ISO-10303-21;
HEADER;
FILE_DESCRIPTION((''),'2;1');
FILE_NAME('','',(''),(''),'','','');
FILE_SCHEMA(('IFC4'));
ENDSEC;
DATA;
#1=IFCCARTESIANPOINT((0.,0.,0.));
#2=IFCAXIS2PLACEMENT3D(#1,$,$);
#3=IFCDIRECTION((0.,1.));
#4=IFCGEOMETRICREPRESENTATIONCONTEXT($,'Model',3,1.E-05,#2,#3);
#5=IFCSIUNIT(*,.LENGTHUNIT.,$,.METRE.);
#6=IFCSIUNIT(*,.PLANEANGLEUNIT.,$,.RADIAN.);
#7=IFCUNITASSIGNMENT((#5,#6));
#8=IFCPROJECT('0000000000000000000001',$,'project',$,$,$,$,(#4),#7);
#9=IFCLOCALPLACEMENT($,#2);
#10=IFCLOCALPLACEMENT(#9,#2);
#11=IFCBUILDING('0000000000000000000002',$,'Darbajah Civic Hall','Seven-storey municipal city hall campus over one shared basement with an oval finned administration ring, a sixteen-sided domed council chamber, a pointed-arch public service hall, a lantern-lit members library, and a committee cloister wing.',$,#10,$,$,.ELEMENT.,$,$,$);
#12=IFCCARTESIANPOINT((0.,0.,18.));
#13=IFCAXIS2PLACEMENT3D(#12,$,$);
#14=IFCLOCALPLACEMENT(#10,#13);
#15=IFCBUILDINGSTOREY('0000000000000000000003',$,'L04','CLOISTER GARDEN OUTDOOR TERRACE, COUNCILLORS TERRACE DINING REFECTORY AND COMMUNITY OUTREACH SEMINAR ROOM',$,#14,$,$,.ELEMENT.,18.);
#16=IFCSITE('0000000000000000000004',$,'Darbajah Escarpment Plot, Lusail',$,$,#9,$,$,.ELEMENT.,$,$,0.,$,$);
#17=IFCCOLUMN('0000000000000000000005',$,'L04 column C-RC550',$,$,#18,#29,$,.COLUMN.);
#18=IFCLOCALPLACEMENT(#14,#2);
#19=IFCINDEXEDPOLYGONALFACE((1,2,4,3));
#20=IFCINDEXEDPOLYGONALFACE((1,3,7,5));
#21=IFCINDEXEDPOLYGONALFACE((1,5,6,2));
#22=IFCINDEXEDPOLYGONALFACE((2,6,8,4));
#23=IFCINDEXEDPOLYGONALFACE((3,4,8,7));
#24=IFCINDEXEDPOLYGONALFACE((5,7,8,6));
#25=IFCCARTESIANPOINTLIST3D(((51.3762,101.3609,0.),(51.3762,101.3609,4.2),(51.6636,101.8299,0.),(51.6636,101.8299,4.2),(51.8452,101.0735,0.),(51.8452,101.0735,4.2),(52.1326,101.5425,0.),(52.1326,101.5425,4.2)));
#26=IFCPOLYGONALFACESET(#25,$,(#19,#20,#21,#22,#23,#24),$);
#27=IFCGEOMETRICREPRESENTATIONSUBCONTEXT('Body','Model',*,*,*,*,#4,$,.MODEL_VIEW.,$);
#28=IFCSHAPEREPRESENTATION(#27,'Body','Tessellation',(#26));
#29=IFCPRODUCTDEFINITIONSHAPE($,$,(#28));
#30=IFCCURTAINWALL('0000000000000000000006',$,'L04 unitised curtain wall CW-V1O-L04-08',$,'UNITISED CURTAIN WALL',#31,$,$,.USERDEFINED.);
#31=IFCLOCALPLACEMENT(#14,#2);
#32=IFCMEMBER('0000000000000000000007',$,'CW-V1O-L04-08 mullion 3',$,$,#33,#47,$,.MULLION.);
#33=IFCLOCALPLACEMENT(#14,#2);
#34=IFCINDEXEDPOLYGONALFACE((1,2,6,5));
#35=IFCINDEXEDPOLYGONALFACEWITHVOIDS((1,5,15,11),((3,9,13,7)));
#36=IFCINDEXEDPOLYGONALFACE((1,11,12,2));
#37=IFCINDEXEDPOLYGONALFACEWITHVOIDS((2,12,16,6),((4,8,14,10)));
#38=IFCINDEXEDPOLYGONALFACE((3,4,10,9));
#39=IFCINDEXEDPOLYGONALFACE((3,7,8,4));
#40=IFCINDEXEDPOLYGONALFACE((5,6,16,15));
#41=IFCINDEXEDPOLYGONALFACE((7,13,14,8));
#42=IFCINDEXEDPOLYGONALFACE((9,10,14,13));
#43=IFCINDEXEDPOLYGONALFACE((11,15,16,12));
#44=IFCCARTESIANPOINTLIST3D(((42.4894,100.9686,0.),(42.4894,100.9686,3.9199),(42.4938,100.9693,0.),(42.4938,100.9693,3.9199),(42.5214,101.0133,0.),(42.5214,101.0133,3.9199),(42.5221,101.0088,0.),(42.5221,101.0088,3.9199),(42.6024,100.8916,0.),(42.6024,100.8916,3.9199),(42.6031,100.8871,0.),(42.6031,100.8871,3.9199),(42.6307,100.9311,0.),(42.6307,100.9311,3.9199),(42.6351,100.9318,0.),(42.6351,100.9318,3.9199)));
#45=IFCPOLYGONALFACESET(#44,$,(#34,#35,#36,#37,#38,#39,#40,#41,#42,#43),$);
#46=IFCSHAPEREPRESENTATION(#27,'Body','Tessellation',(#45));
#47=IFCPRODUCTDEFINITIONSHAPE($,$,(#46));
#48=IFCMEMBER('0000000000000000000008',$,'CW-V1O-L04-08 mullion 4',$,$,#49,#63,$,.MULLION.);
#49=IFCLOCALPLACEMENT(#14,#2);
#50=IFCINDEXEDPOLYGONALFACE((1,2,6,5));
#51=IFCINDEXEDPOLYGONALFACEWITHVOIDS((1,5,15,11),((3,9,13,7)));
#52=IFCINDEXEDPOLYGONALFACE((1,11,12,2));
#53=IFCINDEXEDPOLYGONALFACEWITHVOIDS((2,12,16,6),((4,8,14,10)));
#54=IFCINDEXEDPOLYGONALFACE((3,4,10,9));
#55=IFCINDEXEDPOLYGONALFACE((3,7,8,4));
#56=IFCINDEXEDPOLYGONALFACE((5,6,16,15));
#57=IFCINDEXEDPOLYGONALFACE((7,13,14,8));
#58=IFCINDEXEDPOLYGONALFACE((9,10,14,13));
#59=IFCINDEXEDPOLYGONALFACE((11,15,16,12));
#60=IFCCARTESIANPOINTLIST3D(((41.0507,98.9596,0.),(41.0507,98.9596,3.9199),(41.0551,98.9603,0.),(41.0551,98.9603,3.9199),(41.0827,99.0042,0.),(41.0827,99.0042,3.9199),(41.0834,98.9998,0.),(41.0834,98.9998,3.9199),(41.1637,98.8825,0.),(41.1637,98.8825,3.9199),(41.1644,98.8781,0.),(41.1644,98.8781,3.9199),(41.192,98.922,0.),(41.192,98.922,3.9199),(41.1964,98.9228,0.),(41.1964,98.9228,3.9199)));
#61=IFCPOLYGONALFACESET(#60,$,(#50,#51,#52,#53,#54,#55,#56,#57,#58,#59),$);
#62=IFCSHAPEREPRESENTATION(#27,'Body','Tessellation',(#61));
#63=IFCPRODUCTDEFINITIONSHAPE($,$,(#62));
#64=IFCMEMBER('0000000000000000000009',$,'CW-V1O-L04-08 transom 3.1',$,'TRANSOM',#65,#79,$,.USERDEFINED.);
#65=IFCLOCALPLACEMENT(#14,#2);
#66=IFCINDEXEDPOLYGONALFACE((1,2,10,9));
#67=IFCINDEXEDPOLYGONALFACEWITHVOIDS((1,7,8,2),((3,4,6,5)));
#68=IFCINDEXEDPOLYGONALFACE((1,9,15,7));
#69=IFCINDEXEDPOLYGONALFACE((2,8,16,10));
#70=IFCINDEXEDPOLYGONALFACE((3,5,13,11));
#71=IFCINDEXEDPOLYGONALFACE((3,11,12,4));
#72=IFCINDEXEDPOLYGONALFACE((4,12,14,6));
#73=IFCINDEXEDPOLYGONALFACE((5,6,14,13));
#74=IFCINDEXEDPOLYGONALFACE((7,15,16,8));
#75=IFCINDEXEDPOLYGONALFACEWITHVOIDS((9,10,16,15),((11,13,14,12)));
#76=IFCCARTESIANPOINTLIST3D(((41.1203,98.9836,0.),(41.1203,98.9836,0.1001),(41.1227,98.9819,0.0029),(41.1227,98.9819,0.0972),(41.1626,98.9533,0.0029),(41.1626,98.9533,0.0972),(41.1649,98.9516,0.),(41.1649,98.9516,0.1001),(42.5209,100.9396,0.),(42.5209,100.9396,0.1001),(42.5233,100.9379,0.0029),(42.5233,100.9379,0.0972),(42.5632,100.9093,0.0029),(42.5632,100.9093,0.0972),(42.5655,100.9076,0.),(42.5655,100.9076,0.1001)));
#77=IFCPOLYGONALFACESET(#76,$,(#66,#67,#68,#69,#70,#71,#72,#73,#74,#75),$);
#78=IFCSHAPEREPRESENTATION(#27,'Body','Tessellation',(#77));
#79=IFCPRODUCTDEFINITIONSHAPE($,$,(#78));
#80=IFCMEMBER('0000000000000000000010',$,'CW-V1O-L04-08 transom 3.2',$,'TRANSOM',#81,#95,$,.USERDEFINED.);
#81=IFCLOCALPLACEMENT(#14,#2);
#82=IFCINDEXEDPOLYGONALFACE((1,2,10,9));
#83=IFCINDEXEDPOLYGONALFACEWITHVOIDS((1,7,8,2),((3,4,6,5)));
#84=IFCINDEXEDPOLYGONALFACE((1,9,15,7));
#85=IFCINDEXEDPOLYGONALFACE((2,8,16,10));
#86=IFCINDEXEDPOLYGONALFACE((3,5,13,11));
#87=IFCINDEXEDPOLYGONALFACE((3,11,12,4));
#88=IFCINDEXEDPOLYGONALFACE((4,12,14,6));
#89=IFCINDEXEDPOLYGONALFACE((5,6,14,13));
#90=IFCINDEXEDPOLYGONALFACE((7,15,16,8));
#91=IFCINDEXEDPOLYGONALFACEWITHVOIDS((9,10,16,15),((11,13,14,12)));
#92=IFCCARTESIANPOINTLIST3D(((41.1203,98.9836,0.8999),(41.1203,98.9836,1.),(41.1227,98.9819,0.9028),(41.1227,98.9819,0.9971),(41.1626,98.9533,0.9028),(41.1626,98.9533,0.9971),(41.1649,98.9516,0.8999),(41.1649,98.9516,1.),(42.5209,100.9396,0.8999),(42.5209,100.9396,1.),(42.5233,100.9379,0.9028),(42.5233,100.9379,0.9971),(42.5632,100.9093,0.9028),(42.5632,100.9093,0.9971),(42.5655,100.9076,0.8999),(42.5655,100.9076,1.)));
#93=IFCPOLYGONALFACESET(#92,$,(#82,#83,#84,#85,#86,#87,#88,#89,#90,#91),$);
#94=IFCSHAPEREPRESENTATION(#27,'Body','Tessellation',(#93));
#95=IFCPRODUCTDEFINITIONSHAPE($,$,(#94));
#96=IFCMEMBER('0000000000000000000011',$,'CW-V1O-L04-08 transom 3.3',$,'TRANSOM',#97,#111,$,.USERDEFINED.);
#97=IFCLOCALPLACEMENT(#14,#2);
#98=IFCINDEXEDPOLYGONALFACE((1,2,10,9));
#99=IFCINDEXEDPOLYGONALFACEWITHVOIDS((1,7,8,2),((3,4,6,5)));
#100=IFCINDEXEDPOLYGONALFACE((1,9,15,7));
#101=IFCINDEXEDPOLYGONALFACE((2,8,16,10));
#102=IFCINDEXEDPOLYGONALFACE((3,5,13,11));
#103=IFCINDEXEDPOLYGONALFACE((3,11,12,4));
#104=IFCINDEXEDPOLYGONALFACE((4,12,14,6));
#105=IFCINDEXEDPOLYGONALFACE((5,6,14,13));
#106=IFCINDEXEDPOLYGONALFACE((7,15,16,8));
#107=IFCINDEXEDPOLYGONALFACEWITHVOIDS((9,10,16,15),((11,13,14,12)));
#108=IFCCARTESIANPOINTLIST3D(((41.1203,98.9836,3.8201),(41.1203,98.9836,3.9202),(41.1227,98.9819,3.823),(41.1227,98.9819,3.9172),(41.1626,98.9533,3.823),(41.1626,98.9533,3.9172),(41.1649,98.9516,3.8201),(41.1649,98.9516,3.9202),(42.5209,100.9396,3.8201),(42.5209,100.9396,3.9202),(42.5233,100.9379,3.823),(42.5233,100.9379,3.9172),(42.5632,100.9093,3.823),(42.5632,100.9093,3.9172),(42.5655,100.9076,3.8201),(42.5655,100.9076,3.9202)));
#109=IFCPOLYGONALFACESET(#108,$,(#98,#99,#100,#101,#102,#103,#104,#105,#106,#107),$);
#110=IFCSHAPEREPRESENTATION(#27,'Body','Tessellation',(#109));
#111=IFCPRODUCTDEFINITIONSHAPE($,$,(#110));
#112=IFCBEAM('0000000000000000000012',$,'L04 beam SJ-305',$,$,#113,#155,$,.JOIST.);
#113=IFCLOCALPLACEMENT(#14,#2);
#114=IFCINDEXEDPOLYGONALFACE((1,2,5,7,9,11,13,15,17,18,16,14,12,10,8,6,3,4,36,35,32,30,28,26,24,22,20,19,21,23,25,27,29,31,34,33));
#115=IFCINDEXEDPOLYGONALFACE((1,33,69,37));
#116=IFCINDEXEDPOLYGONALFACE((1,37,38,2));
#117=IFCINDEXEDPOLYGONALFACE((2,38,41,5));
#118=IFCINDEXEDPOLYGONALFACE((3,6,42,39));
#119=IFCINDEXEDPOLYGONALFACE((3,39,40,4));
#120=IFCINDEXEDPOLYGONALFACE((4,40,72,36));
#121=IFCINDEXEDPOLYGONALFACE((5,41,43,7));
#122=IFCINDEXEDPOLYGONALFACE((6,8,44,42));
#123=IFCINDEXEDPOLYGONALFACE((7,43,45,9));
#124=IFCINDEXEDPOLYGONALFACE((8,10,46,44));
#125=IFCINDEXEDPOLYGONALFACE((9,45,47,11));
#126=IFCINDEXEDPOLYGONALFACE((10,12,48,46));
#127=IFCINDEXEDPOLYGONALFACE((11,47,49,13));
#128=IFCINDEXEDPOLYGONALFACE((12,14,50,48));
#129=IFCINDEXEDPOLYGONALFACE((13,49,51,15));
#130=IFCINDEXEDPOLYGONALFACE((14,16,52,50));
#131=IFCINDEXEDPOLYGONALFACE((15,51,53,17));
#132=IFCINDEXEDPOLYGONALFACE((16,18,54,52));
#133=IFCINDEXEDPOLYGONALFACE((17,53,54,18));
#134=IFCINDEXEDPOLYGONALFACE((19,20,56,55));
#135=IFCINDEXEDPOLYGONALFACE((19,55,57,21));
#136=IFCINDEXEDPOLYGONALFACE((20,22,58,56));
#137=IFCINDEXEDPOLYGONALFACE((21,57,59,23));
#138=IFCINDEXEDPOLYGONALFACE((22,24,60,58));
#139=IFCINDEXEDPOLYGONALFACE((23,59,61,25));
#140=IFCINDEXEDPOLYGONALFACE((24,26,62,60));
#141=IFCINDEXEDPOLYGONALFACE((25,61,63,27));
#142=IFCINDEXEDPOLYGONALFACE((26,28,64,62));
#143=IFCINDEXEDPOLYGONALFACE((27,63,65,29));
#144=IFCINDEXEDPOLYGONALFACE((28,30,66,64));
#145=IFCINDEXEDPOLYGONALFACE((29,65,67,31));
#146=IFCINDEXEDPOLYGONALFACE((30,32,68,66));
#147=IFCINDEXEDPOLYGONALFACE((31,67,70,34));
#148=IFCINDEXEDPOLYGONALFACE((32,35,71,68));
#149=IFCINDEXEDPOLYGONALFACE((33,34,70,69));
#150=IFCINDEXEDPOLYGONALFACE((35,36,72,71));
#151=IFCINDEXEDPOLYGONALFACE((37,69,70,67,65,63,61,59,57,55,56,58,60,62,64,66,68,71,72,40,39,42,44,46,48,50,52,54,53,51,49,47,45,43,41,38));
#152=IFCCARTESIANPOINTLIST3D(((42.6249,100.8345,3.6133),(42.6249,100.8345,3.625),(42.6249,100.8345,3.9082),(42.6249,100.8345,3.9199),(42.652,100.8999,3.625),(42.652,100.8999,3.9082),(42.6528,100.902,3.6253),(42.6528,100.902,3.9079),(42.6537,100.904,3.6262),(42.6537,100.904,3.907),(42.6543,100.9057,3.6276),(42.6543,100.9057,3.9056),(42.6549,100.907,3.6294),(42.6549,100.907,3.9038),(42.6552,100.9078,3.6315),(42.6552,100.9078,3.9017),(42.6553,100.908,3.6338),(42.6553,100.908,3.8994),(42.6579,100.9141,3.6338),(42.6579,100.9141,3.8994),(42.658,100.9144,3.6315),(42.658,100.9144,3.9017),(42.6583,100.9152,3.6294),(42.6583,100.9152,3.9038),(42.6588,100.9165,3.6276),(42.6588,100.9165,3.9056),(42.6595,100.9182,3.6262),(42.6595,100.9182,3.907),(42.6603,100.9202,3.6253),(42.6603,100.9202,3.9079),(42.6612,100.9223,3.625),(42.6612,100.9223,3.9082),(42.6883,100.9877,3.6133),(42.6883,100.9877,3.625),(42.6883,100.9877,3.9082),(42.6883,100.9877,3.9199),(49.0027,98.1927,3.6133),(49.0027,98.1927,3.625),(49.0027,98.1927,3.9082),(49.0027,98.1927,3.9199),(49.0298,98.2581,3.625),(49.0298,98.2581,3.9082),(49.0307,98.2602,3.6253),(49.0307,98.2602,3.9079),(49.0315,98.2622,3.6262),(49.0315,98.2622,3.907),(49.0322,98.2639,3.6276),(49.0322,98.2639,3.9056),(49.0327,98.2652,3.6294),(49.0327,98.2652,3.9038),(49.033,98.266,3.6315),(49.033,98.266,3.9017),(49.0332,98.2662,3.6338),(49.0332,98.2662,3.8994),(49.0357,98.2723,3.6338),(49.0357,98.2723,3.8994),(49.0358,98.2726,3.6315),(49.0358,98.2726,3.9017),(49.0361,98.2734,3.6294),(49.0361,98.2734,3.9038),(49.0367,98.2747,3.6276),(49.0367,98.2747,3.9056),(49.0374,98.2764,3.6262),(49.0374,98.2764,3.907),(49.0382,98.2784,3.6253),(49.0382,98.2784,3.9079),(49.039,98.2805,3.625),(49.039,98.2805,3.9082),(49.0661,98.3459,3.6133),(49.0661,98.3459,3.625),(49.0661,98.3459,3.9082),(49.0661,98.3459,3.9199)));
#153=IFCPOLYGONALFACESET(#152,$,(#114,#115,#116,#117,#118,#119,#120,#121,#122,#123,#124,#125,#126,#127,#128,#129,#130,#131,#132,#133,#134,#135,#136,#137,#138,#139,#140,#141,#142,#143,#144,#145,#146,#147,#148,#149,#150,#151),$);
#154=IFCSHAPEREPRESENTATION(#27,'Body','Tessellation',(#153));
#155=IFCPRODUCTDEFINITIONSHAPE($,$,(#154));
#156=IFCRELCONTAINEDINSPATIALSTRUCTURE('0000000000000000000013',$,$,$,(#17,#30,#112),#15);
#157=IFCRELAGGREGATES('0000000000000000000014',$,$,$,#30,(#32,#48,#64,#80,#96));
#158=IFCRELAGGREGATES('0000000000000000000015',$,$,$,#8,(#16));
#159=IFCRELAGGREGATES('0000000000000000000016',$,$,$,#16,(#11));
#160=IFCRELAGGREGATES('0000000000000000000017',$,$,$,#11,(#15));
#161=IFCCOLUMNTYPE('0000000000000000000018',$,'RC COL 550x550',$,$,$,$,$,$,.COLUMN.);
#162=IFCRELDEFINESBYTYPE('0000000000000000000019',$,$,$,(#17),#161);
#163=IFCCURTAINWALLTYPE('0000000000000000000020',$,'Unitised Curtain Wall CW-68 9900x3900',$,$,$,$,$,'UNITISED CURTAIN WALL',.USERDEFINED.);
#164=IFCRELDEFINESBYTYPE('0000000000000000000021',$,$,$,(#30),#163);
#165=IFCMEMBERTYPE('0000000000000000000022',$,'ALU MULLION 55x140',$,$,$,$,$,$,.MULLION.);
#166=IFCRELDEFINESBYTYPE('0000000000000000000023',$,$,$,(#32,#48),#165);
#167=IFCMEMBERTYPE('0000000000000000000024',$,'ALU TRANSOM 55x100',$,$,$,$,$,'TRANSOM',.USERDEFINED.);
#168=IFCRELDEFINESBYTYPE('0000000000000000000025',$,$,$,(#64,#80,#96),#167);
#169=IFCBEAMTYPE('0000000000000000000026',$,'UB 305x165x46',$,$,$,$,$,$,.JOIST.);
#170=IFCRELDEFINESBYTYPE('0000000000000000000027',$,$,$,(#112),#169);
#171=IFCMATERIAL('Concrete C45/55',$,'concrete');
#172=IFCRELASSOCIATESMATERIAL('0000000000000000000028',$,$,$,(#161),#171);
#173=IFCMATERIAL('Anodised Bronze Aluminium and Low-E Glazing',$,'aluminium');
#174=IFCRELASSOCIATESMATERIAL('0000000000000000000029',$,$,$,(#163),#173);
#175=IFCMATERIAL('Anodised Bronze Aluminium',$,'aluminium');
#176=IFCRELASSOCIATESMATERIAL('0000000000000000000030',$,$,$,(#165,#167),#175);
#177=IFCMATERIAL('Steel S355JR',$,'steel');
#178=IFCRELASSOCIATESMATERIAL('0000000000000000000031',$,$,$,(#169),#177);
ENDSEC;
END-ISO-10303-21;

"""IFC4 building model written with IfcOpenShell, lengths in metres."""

from ifc_helpers import new_model, si_unit, direction, frame, origin, origin_2d, place, context, subcontext, project, spatial, rectangle, hollow_rectangle, i_section, extrude, material, material_profile, profile_set, type_object, element, aggregate, save


model = new_model("IFC4")

# Units and contexts
model_context = context("Model", 3, precision=1e-05, world=origin(), true_north=direction((0.0, 1.0)))
body_context = subcontext(model_context, "Body", "Model", "MODEL_VIEW")
ifc_project = project(units=[si_unit("LENGTHUNIT", "METRE"), si_unit("PLANEANGLEUNIT", "RADIAN")], contexts=[model_context])

# Site, building, storey
site_placement = place(None, origin())
site = spatial("IfcSite", under=ifc_project, at=site_placement, Name="Darbajah Escarpment Plot, Lusail", CompositionType="ELEMENT", RefElevation=0.0)
building_placement = place(site_placement, origin())
building = spatial("IfcBuilding", under=site, at=building_placement, Name="Darbajah Civic Hall", Description="Seven-storey municipal city hall campus over one shared basement with an oval finned administration ring, a sixteen-sided domed council chamber, a pointed-arch public service hall, a lantern-lit members library, and a committee cloister wing.", CompositionType="ELEMENT")
storey_placement = place(building_placement, frame((0.0, 0.0, 18.0)))
storey = spatial("IfcBuildingStorey", under=building, at=storey_placement, Name="L04", Description="CLOISTER GARDEN OUTDOOR TERRACE, COUNCILLORS TERRACE DINING REFECTORY AND COMMUNITY OUTREACH SEMINAR ROOM", CompositionType="ELEMENT", Elevation=18.0)

# Column
ifc_material_1 = material(Name="Concrete C45/55", Category="concrete")
ifc_material_profile_1 = material_profile(ifc_material_1, rectangle(XDim=0.55, YDim=0.55, at=origin_2d()), Name="RC COL 550x550")
ifc_profile_set_1 = profile_set([ifc_material_profile_1], Name="Concrete C45/55")
column_type = type_object("IfcColumnType", Name="RC COL 550x550", PredefinedType="COLUMN", material=ifc_profile_set_1)
column_placement = place(storey_placement, frame((51.7544, 101.4517, 0.0), z_axis=(0.0, 0.0, 1.0), x_axis=(-0.85264, 0.522499, 0.0)))
element("IfcColumn", 1, at=column_placement, inside=storey, type_object=column_type, Name="L04 column C-RC550", PredefinedType="COLUMN", context=body_context, shape_type="SweptSolid", body=[
    extrude(rectangle(XDim=0.55, YDim=0.55, at=origin_2d()), origin(), (0.0, 0.0, 1.0), 4.2),
])

# Curtain wall, members
ifc_material_2 = material(Name="Anodised Bronze Aluminium and Low-E Glazing", Category="aluminium")
curtain_wall_type = type_object("IfcCurtainWallType", Name="Unitised Curtain Wall CW-68 9900x3900", ElementType="UNITISED CURTAIN WALL", PredefinedType="USERDEFINED", material=ifc_material_2)
curtain_wall_placement = place(storey_placement, origin())
curtain_wall = element("IfcCurtainWall", 2, at=curtain_wall_placement, inside=storey, type_object=curtain_wall_type, Name="L04 unitised curtain wall CW-V1O-L04-08", ObjectType="UNITISED CURTAIN WALL", PredefinedType="USERDEFINED")
ifc_material_3 = material(Name="Anodised Bronze Aluminium", Category="aluminium")
ifc_material_profile_2 = material_profile(ifc_material_3, hollow_rectangle(XDim=0.0549, YDim=0.1399, WallThickness=0.0032, at=origin_2d()), Name="ALU MULLION 55x140")
ifc_profile_set_2 = profile_set([ifc_material_profile_2], Name="Anodised Bronze Aluminium")
member_type_1 = type_object("IfcMemberType", Name="ALU MULLION 55x140", PredefinedType="MULLION", material=ifc_profile_set_2)
member_1_placement = place(storey_placement, frame((42.5623, 100.9502, 0.0), z_axis=(0.0, 0.0, 1.0), x_axis=(-0.582265, -0.812999, 0.0)))
member_1 = element("IfcMember", 3, at=member_1_placement, type_object=member_type_1, Name="CW-V1O-L04-08 mullion 3", PredefinedType="MULLION", context=body_context, shape_type="SweptSolid", body=[
    extrude(hollow_rectangle(XDim=0.0549, YDim=0.1399, WallThickness=0.0032, at=origin_2d()), origin(), (0.0, 0.0, 1.0), 3.9199),
])
member_2_placement = place(storey_placement, frame((41.1235, 98.9412, 0.0), z_axis=(0.0, 0.0, 1.0), x_axis=(-0.582265, -0.812999, 0.0)))
member_2 = element("IfcMember", 4, at=member_2_placement, type_object=member_type_1, Name="CW-V1O-L04-08 mullion 4", PredefinedType="MULLION", context=body_context, shape_type="SweptSolid", body=[
    extrude(hollow_rectangle(XDim=0.0549, YDim=0.1399, WallThickness=0.0032, at=origin_2d()), origin(), (0.0, 0.0, 1.0), 3.9199),
])
ifc_material_profile_3 = material_profile(ifc_material_3, hollow_rectangle(XDim=0.0549, YDim=0.1001, WallThickness=0.0029, at=origin_2d()), Name="ALU TRANSOM 55x100")
ifc_profile_set_3 = profile_set([ifc_material_profile_3], Name="Anodised Bronze Aluminium")
member_type_2 = type_object("IfcMemberType", Name="ALU TRANSOM 55x100", ElementType="TRANSOM", PredefinedType="USERDEFINED", material=ifc_profile_set_3)
member_3_placement = place(storey_placement, frame((42.5432, 100.9236, 0.05), z_axis=(-0.582188, -0.813054, 0.0), x_axis=(0.813054, -0.582188, 0.0)))
member_3 = element("IfcMember", 5, at=member_3_placement, type_object=member_type_2, Name="CW-V1O-L04-08 transom 3.1", ObjectType="TRANSOM", PredefinedType="USERDEFINED", context=body_context, shape_type="SweptSolid", body=[
    extrude(hollow_rectangle(XDim=0.0549, YDim=0.1001, WallThickness=0.0029, at=origin_2d()), origin(), (0.0, 0.0, 1.0), 2.4058),
])
member_4_placement = place(storey_placement, frame((42.5432, 100.9236, 0.95), z_axis=(-0.582188, -0.813054, 0.0), x_axis=(0.813054, -0.582188, 0.0)))
member_4 = element("IfcMember", 6, at=member_4_placement, type_object=member_type_2, Name="CW-V1O-L04-08 transom 3.2", ObjectType="TRANSOM", PredefinedType="USERDEFINED", context=body_context, shape_type="SweptSolid", body=[
    extrude(hollow_rectangle(XDim=0.0549, YDim=0.1001, WallThickness=0.0029, at=origin_2d()), origin(), (0.0, 0.0, 1.0), 2.4058),
])
member_5_placement = place(storey_placement, frame((42.5432, 100.9236, 3.8701), z_axis=(-0.582188, -0.813054, 0.0), x_axis=(0.813054, -0.582188, 0.0)))
member_5 = element("IfcMember", 7, at=member_5_placement, type_object=member_type_2, Name="CW-V1O-L04-08 transom 3.3", ObjectType="TRANSOM", PredefinedType="USERDEFINED", context=body_context, shape_type="SweptSolid", body=[
    extrude(hollow_rectangle(XDim=0.0549, YDim=0.1001, WallThickness=0.0029, at=origin_2d()), origin(), (0.0, 0.0, 1.0), 2.4058),
])

# Beam
ifc_material_4 = material(Name="Steel S355JR", Category="steel")
ifc_material_profile_4 = material_profile(ifc_material_4, i_section(OverallWidth=0.1658, OverallDepth=0.3066, WebThickness=0.0066, FlangeThickness=0.0117, FilletRadius=0.0088, at=origin_2d()), Name="UB 305x165x46")
ifc_profile_set_4 = profile_set([ifc_material_profile_4], Name="Steel S355JR")
beam_type_1 = type_object("IfcBeamType", Name="UB 305x165x46", PredefinedType="JOIST", material=ifc_profile_set_4)
beam_1_placement = place(storey_placement, frame((49.0344, 98.2693, 3.7666), z_axis=(-0.923878, 0.382686, 0.0), x_axis=(-0.382686, -0.923878, 0.0)))
element("IfcBeam", 8, at=beam_1_placement, inside=storey, type_object=beam_type_1, Name="L04 beam SJ-305", PredefinedType="JOIST", context=body_context, shape_type="SweptSolid", body=[
    extrude(i_section(OverallWidth=0.1658, OverallDepth=0.3066, WebThickness=0.0066, FlangeThickness=0.0117, FilletRadius=0.0088, at=origin_2d()), origin(), (0.0, 0.0, 1.0), 6.9033),
])

aggregate(curtain_wall, [member_1, member_2, member_3, member_4, member_5])

save(model, "model.ifc")
